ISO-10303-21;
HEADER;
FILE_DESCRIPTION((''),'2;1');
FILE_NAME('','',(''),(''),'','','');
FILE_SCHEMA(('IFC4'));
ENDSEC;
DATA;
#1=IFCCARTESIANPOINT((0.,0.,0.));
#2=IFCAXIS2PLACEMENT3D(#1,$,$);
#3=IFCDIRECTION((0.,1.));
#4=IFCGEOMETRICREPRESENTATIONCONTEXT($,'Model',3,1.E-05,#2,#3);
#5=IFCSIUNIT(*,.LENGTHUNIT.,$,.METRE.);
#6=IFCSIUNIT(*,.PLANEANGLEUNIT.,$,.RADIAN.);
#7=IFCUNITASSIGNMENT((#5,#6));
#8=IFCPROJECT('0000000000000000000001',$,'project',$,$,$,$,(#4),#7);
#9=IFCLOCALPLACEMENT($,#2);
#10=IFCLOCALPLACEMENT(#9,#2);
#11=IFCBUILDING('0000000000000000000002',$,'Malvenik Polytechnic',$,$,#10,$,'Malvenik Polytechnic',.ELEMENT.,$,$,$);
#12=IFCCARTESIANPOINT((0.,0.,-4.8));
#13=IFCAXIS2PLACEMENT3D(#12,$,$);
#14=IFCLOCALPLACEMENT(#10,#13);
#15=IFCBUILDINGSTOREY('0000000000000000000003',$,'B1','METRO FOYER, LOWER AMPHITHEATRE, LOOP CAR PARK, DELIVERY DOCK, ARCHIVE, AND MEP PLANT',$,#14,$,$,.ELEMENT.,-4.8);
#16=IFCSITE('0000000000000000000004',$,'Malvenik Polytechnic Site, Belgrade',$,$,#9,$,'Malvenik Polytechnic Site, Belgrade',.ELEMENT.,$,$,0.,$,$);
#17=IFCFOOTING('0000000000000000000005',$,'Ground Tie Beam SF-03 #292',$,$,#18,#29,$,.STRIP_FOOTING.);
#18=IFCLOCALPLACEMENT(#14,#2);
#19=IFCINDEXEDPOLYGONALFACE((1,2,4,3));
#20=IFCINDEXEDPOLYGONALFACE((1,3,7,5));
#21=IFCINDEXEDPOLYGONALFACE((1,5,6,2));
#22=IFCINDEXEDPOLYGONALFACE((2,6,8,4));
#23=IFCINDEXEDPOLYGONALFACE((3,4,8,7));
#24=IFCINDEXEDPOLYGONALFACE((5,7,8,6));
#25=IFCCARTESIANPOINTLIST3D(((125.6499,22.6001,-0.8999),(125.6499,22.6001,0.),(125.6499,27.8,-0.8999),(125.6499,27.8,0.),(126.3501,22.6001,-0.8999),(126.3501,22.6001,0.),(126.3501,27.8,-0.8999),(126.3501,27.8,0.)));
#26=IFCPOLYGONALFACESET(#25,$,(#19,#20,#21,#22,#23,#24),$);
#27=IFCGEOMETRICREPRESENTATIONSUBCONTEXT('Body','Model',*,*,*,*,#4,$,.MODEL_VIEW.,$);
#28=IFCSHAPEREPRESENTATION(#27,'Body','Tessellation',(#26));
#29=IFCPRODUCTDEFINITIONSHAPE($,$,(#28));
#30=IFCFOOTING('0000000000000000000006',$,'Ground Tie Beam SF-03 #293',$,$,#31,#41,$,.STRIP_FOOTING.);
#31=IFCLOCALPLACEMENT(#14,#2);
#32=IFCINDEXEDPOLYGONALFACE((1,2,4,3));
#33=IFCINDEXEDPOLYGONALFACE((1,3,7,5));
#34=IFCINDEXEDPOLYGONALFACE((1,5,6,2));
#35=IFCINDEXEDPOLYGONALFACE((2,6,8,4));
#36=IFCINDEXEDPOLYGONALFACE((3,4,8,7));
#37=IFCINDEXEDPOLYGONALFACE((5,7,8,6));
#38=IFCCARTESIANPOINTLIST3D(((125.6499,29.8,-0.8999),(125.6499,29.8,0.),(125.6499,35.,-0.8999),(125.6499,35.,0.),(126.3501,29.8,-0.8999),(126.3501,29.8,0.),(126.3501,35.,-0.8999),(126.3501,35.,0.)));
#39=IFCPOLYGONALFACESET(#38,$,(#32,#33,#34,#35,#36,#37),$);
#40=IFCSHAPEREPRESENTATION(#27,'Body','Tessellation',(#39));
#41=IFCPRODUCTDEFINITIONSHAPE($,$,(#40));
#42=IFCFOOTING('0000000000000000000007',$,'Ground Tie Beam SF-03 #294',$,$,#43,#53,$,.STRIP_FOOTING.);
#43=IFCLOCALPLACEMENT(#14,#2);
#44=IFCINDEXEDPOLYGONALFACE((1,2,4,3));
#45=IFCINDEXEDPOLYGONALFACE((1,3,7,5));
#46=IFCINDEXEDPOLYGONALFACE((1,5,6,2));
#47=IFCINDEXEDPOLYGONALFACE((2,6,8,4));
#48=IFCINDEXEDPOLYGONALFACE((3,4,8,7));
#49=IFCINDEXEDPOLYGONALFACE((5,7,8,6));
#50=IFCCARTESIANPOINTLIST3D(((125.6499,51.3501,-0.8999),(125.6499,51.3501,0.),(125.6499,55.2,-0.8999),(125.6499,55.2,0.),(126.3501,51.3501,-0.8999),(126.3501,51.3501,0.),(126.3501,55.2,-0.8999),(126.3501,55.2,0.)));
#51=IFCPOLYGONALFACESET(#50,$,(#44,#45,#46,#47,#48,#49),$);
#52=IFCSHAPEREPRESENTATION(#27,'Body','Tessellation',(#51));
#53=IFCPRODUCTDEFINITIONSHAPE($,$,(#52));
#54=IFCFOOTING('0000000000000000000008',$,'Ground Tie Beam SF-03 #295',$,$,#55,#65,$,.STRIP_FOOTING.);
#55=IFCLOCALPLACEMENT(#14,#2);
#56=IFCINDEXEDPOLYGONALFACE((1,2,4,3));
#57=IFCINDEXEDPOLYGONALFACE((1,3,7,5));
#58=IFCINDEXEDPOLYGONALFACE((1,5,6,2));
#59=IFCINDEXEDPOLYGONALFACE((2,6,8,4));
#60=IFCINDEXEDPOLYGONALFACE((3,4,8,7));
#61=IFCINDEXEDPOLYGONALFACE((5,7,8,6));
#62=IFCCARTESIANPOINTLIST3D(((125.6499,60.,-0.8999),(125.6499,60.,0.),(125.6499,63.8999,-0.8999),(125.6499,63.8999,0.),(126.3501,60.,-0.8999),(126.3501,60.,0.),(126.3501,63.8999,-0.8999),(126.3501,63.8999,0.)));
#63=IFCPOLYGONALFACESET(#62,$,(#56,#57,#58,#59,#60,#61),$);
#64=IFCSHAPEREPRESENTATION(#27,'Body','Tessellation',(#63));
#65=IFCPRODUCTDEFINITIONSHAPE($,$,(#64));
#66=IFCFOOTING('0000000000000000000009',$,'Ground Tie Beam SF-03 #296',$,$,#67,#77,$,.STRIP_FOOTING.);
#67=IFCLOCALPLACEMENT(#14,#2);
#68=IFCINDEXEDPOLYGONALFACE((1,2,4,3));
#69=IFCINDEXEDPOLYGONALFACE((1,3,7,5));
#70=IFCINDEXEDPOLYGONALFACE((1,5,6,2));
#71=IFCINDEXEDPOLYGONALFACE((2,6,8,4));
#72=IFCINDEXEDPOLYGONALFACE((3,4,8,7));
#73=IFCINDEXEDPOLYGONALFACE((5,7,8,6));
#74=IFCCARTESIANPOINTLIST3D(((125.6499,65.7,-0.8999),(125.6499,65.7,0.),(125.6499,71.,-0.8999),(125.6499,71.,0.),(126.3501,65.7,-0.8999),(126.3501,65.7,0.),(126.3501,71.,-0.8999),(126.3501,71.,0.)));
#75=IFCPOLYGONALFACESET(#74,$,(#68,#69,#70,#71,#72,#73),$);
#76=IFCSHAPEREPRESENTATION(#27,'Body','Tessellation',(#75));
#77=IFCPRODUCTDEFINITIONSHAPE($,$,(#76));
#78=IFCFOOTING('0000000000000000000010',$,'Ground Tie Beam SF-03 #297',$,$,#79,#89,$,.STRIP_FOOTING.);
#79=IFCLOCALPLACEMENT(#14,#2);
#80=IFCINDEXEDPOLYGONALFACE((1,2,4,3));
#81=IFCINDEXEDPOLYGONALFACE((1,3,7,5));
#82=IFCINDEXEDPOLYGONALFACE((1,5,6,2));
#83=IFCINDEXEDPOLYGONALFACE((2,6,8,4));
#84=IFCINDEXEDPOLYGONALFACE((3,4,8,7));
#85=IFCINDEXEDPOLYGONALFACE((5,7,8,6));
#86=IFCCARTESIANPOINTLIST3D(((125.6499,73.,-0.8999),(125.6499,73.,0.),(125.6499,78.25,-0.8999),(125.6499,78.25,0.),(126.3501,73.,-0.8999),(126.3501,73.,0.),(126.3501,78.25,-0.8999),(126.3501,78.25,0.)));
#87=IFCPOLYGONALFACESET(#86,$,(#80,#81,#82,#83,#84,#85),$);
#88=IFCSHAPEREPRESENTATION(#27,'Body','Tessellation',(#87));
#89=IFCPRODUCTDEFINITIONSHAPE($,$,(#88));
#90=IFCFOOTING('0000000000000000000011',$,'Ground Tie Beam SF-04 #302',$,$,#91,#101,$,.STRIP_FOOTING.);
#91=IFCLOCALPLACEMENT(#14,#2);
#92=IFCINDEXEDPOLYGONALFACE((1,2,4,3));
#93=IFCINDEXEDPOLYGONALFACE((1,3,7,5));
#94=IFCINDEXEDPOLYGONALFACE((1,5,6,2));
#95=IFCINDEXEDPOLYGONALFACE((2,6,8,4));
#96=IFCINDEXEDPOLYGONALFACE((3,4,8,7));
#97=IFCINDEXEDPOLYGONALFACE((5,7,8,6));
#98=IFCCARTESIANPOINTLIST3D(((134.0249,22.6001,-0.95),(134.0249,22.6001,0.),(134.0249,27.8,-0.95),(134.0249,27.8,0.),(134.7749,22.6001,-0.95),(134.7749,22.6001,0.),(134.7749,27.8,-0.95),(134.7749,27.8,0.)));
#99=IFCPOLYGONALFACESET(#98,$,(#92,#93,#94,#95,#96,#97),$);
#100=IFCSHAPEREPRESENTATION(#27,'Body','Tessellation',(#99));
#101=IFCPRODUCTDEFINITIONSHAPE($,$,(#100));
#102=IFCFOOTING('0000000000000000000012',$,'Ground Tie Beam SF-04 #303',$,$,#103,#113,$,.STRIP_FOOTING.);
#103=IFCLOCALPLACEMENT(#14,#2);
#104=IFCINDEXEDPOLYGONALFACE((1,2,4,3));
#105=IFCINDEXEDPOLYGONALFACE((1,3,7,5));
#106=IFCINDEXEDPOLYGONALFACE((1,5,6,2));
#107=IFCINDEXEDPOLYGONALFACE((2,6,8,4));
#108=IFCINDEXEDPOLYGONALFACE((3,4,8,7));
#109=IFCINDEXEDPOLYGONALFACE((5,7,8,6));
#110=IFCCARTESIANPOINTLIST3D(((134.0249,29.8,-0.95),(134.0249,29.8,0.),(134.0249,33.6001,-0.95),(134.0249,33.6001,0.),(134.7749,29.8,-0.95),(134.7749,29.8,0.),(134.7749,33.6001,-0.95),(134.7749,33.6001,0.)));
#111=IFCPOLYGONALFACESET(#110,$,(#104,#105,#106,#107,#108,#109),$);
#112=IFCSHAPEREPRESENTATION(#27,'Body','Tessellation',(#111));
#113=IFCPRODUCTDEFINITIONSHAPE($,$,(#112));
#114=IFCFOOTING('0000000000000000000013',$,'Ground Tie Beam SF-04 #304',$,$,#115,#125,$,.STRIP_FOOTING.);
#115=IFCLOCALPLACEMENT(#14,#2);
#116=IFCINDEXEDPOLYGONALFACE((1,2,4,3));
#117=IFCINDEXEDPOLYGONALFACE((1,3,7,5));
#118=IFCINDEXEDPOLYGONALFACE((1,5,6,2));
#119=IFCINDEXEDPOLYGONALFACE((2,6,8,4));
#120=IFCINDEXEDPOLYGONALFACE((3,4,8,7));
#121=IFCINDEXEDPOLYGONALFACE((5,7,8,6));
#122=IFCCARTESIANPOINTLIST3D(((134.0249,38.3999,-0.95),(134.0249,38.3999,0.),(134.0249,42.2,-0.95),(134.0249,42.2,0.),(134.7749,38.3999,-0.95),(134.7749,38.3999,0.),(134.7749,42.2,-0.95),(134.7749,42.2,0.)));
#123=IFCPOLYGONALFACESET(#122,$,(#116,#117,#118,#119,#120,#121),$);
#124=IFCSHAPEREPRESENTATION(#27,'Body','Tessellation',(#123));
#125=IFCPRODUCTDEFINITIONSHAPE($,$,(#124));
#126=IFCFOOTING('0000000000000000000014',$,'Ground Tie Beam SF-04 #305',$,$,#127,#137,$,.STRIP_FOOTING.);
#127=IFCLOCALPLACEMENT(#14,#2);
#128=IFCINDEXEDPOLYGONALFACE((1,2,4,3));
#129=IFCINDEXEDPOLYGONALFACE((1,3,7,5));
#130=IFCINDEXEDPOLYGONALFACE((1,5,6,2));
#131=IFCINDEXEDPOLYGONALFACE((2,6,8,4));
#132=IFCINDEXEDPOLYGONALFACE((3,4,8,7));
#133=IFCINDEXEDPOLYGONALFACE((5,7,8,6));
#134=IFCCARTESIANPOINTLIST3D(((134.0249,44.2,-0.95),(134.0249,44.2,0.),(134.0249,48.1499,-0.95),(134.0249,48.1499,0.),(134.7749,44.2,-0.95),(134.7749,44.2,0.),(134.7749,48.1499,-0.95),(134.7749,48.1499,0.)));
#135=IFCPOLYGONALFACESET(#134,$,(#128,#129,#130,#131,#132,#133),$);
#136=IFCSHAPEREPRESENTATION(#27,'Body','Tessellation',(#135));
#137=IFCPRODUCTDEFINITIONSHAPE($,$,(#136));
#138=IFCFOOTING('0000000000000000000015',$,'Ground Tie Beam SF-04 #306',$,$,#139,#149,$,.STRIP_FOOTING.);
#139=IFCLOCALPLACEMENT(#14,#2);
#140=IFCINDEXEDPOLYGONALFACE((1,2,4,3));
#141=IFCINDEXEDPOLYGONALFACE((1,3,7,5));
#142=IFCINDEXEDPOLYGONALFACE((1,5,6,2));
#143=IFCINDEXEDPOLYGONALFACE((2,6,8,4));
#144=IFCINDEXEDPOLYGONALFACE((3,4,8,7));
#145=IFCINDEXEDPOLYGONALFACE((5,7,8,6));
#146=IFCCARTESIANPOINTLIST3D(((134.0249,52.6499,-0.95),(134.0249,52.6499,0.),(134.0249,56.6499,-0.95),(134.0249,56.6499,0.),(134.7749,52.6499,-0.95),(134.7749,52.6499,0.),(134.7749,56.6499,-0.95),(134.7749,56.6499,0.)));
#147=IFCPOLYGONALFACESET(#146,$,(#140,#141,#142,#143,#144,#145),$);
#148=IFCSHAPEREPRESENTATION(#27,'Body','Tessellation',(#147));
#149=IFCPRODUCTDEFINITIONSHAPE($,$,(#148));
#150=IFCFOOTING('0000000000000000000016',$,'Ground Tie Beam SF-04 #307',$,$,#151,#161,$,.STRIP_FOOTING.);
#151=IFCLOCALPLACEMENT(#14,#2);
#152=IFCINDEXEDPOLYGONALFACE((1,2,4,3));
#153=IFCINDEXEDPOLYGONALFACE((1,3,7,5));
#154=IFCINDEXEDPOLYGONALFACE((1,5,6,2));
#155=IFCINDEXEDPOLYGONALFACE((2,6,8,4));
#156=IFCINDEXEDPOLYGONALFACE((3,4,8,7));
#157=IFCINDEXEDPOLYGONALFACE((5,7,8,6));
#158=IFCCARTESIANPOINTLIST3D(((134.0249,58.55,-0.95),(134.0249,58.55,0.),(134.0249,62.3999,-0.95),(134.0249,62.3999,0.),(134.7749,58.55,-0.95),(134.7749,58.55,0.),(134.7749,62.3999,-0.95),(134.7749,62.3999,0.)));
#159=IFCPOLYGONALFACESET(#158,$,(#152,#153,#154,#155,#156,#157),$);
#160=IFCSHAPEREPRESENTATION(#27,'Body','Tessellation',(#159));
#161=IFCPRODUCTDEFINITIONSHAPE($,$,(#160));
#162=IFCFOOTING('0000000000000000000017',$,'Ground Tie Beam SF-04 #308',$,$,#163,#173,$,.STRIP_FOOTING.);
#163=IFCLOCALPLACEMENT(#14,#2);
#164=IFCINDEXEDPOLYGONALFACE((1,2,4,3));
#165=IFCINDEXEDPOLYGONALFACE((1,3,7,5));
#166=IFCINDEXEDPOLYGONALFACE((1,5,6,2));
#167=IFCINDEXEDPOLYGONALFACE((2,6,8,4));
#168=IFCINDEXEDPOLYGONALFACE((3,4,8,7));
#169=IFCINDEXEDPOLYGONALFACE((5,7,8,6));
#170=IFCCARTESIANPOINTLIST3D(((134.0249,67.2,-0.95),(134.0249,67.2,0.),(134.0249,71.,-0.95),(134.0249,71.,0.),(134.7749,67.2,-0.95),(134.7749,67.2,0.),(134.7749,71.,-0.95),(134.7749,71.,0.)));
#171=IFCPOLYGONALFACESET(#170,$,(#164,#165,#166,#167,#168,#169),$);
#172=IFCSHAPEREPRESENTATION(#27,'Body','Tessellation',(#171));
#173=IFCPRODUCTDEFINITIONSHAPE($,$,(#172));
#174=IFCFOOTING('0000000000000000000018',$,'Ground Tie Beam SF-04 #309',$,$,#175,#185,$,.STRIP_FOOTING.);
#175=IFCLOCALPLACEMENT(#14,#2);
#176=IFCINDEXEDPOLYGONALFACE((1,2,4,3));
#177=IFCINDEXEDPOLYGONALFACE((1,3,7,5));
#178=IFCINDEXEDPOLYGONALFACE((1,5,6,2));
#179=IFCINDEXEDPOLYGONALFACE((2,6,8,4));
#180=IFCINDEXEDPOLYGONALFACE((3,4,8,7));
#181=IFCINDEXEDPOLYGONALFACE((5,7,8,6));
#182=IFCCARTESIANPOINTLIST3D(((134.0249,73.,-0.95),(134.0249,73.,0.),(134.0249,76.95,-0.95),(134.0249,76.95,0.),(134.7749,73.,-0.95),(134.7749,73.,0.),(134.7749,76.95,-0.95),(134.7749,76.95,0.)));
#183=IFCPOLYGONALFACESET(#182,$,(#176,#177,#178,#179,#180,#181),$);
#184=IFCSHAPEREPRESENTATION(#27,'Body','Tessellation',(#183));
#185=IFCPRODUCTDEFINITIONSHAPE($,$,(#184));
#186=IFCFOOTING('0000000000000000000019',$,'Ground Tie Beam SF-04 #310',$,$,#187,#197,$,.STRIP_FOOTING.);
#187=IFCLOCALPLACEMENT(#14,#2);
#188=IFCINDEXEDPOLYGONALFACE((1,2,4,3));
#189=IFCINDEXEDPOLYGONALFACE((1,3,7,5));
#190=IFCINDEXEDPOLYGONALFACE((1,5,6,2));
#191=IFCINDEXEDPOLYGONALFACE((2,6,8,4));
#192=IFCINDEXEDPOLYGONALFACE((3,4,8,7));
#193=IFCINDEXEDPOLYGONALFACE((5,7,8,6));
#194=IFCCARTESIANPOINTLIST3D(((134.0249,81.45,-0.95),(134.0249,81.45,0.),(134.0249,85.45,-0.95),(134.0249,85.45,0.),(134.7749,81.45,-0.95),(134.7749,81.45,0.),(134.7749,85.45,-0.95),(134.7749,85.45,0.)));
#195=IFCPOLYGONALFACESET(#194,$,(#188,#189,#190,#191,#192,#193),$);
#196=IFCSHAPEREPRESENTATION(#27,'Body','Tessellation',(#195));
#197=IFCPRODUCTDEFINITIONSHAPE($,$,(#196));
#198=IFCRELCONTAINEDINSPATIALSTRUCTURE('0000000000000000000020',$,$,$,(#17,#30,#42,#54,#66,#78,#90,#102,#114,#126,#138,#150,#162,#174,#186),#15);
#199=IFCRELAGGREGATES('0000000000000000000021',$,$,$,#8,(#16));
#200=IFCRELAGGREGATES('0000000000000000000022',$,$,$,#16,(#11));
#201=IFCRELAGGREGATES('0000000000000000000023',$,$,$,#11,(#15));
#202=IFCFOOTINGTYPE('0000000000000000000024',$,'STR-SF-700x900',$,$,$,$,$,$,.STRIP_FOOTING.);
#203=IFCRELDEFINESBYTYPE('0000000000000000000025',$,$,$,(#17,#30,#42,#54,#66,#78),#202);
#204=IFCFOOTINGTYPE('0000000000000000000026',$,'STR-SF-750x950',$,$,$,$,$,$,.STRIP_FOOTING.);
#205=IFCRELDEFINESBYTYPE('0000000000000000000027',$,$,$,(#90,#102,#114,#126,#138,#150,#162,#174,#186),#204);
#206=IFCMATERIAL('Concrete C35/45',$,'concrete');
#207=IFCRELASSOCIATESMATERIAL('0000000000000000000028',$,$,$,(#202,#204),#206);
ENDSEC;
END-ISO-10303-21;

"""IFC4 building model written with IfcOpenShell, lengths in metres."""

from ifc_helpers import new_model, si_unit, direction, frame, origin, place, context, subcontext, project, spatial, polyline, outline, extrude, material, type_object, element, save


model = new_model("IFC4")

# Units and contexts
model_context = context("Model", 3, precision=1e-05, world=origin(), true_north=direction((0.0, 1.0)))
body_context = subcontext(model_context, "Body", "Model", "MODEL_VIEW")
ifc_project = project(units=[si_unit("LENGTHUNIT", "METRE"), si_unit("PLANEANGLEUNIT", "RADIAN")], contexts=[model_context])

# Site, building, storey
site_placement = place(None, origin())
site = spatial("IfcSite", under=ifc_project, at=site_placement, Name="Malvenik Polytechnic Site, Belgrade", LongName="Malvenik Polytechnic Site, Belgrade", CompositionType="ELEMENT", RefElevation=0.0)
building_placement = place(site_placement, origin())
building = spatial("IfcBuilding", under=site, at=building_placement, Name="Malvenik Polytechnic", LongName="Malvenik Polytechnic", CompositionType="ELEMENT")
storey_placement = place(building_placement, frame((0.0, 0.0, -4.8)))
storey = spatial("IfcBuildingStorey", under=building, at=storey_placement, Name="B1", Description="METRO FOYER, LOWER AMPHITHEATRE, LOOP CAR PARK, DELIVERY DOCK, ARCHIVE, AND MEP PLANT", CompositionType="ELEMENT", Elevation=-4.8)

# Footings
ifc_material = material(Name="Concrete C35/45", Category="concrete")
footing_type_1 = type_object("IfcFootingType", Name="STR-SF-700x900", PredefinedType="STRIP_FOOTING", material=ifc_material)
footing_1_placement = place(storey_placement, frame((0.0, 0.0, -0.8999)))
element("IfcFooting", 1, at=footing_1_placement, inside=storey, type_object=footing_type_1, Name="Ground Tie Beam SF-03 #292", PredefinedType="STRIP_FOOTING", context=body_context, shape_type="SweptSolid", body=[
    extrude(outline(polyline([(125.6499, 22.6001), (126.3501, 22.6001), (126.3501, 27.8), (125.6499, 27.8), (125.6499, 22.6001)])), origin(), (0.0, 0.0, 1.0), 0.8999),
])
footing_2_placement = place(storey_placement, frame((0.0, 0.0, -0.8999)))
element("IfcFooting", 2, at=footing_2_placement, inside=storey, type_object=footing_type_1, Name="Ground Tie Beam SF-03 #293", PredefinedType="STRIP_FOOTING", context=body_context, shape_type="SweptSolid", body=[
    extrude(outline(polyline([(125.6499, 29.8), (126.3501, 29.8), (126.3501, 35.0), (125.6499, 35.0), (125.6499, 29.8)])), origin(), (0.0, 0.0, 1.0), 0.8999),
])
footing_3_placement = place(storey_placement, frame((0.0, 0.0, -0.8999)))
element("IfcFooting", 3, at=footing_3_placement, inside=storey, type_object=footing_type_1, Name="Ground Tie Beam SF-03 #294", PredefinedType="STRIP_FOOTING", context=body_context, shape_type="SweptSolid", body=[
    extrude(outline(polyline([(125.6499, 51.3501), (126.3501, 51.3501), (126.3501, 55.2), (125.6499, 55.2), (125.6499, 51.3501)])), origin(), (0.0, 0.0, 1.0), 0.8999),
])
footing_4_placement = place(storey_placement, frame((0.0, 0.0, -0.8999)))
element("IfcFooting", 4, at=footing_4_placement, inside=storey, type_object=footing_type_1, Name="Ground Tie Beam SF-03 #295", PredefinedType="STRIP_FOOTING", context=body_context, shape_type="SweptSolid", body=[
    extrude(outline(polyline([(125.6499, 60.0), (126.3501, 60.0), (126.3501, 63.8999), (125.6499, 63.8999), (125.6499, 60.0)])), origin(), (0.0, 0.0, 1.0), 0.8999),
])
footing_5_placement = place(storey_placement, frame((0.0, 0.0, -0.8999)))
element("IfcFooting", 5, at=footing_5_placement, inside=storey, type_object=footing_type_1, Name="Ground Tie Beam SF-03 #296", PredefinedType="STRIP_FOOTING", context=body_context, shape_type="SweptSolid", body=[
    extrude(outline(polyline([(125.6499, 65.7), (126.3501, 65.7), (126.3501, 71.0), (125.6499, 71.0), (125.6499, 65.7)])), origin(), (0.0, 0.0, 1.0), 0.8999),
])
footing_6_placement = place(storey_placement, frame((0.0, 0.0, -0.8999)))
element("IfcFooting", 6, at=footing_6_placement, inside=storey, type_object=footing_type_1, Name="Ground Tie Beam SF-03 #297", PredefinedType="STRIP_FOOTING", context=body_context, shape_type="SweptSolid", body=[
    extrude(outline(polyline([(125.6499, 73.0), (126.3501, 73.0), (126.3501, 78.25), (125.6499, 78.25), (125.6499, 73.0)])), origin(), (0.0, 0.0, 1.0), 0.8999),
])
footing_type_2 = type_object("IfcFootingType", Name="STR-SF-750x950", PredefinedType="STRIP_FOOTING", material=ifc_material)
footing_7_placement = place(storey_placement, frame((0.0, 0.0, -0.95)))
element("IfcFooting", 7, at=footing_7_placement, inside=storey, type_object=footing_type_2, Name="Ground Tie Beam SF-04 #302", PredefinedType="STRIP_FOOTING", context=body_context, shape_type="SweptSolid", body=[
    extrude(outline(polyline([(134.0249, 22.6001), (134.7749, 22.6001), (134.7749, 27.8), (134.0249, 27.8), (134.0249, 22.6001)])), origin(), (0.0, 0.0, 1.0), 0.95),
])
footing_8_placement = place(storey_placement, frame((0.0, 0.0, -0.95)))
element("IfcFooting", 8, at=footing_8_placement, inside=storey, type_object=footing_type_2, Name="Ground Tie Beam SF-04 #303", PredefinedType="STRIP_FOOTING", context=body_context, shape_type="SweptSolid", body=[
    extrude(outline(polyline([(134.0249, 29.8), (134.7749, 29.8), (134.7749, 33.6001), (134.0249, 33.6001), (134.0249, 29.8)])), origin(), (0.0, 0.0, 1.0), 0.95),
])
footing_9_placement = place(storey_placement, frame((0.0, 0.0, -0.95)))
element("IfcFooting", 9, at=footing_9_placement, inside=storey, type_object=footing_type_2, Name="Ground Tie Beam SF-04 #304", PredefinedType="STRIP_FOOTING", context=body_context, shape_type="SweptSolid", body=[
    extrude(outline(polyline([(134.0249, 38.3999), (134.7749, 38.3999), (134.7749, 42.2), (134.0249, 42.2), (134.0249, 38.3999)])), origin(), (0.0, 0.0, 1.0), 0.95),
])
footing_10_placement = place(storey_placement, frame((0.0, 0.0, -0.95)))
element("IfcFooting", 10, at=footing_10_placement, inside=storey, type_object=footing_type_2, Name="Ground Tie Beam SF-04 #305", PredefinedType="STRIP_FOOTING", context=body_context, shape_type="SweptSolid", body=[
    extrude(outline(polyline([(134.0249, 44.2), (134.7749, 44.2), (134.7749, 48.1499), (134.0249, 48.1499), (134.0249, 44.2)])), origin(), (0.0, 0.0, 1.0), 0.95),
])
footing_11_placement = place(storey_placement, frame((0.0, 0.0, -0.95)))
element("IfcFooting", 11, at=footing_11_placement, inside=storey, type_object=footing_type_2, Name="Ground Tie Beam SF-04 #306", PredefinedType="STRIP_FOOTING", context=body_context, shape_type="SweptSolid", body=[
    extrude(outline(polyline([(134.0249, 52.6499), (134.7749, 52.6499), (134.7749, 56.6499), (134.0249, 56.6499), (134.0249, 52.6499)])), origin(), (0.0, 0.0, 1.0), 0.95),
])
footing_12_placement = place(storey_placement, frame((0.0, 0.0, -0.95)))
element("IfcFooting", 12, at=footing_12_placement, inside=storey, type_object=footing_type_2, Name="Ground Tie Beam SF-04 #307", PredefinedType="STRIP_FOOTING", context=body_context, shape_type="SweptSolid", body=[
    extrude(outline(polyline([(134.0249, 58.55), (134.7749, 58.55), (134.7749, 62.3999), (134.0249, 62.3999), (134.0249, 58.55)])), origin(), (0.0, 0.0, 1.0), 0.95),
])
footing_13_placement = place(storey_placement, frame((0.0, 0.0, -0.95)))
element("IfcFooting", 13, at=footing_13_placement, inside=storey, type_object=footing_type_2, Name="Ground Tie Beam SF-04 #308", PredefinedType="STRIP_FOOTING", context=body_context, shape_type="SweptSolid", body=[
    extrude(outline(polyline([(134.0249, 67.2), (134.7749, 67.2), (134.7749, 71.0), (134.0249, 71.0), (134.0249, 67.2)])), origin(), (0.0, 0.0, 1.0), 0.95),
])
footing_14_placement = place(storey_placement, frame((0.0, 0.0, -0.95)))
element("IfcFooting", 14, at=footing_14_placement, inside=storey, type_object=footing_type_2, Name="Ground Tie Beam SF-04 #309", PredefinedType="STRIP_FOOTING", context=body_context, shape_type="SweptSolid", body=[
    extrude(outline(polyline([(134.0249, 73.0), (134.7749, 73.0), (134.7749, 76.95), (134.0249, 76.95), (134.0249, 73.0)])), origin(), (0.0, 0.0, 1.0), 0.95),
])
footing_15_placement = place(storey_placement, frame((0.0, 0.0, -0.95)))
element("IfcFooting", 15, at=footing_15_placement, inside=storey, type_object=footing_type_2, Name="Ground Tie Beam SF-04 #310", PredefinedType="STRIP_FOOTING", context=body_context, shape_type="SweptSolid", body=[
    extrude(outline(polyline([(134.0249, 81.45), (134.7749, 81.45), (134.7749, 85.45), (134.0249, 85.45), (134.0249, 81.45)])), origin(), (0.0, 0.0, 1.0), 0.95),
])

save(model, "model.ifc")
